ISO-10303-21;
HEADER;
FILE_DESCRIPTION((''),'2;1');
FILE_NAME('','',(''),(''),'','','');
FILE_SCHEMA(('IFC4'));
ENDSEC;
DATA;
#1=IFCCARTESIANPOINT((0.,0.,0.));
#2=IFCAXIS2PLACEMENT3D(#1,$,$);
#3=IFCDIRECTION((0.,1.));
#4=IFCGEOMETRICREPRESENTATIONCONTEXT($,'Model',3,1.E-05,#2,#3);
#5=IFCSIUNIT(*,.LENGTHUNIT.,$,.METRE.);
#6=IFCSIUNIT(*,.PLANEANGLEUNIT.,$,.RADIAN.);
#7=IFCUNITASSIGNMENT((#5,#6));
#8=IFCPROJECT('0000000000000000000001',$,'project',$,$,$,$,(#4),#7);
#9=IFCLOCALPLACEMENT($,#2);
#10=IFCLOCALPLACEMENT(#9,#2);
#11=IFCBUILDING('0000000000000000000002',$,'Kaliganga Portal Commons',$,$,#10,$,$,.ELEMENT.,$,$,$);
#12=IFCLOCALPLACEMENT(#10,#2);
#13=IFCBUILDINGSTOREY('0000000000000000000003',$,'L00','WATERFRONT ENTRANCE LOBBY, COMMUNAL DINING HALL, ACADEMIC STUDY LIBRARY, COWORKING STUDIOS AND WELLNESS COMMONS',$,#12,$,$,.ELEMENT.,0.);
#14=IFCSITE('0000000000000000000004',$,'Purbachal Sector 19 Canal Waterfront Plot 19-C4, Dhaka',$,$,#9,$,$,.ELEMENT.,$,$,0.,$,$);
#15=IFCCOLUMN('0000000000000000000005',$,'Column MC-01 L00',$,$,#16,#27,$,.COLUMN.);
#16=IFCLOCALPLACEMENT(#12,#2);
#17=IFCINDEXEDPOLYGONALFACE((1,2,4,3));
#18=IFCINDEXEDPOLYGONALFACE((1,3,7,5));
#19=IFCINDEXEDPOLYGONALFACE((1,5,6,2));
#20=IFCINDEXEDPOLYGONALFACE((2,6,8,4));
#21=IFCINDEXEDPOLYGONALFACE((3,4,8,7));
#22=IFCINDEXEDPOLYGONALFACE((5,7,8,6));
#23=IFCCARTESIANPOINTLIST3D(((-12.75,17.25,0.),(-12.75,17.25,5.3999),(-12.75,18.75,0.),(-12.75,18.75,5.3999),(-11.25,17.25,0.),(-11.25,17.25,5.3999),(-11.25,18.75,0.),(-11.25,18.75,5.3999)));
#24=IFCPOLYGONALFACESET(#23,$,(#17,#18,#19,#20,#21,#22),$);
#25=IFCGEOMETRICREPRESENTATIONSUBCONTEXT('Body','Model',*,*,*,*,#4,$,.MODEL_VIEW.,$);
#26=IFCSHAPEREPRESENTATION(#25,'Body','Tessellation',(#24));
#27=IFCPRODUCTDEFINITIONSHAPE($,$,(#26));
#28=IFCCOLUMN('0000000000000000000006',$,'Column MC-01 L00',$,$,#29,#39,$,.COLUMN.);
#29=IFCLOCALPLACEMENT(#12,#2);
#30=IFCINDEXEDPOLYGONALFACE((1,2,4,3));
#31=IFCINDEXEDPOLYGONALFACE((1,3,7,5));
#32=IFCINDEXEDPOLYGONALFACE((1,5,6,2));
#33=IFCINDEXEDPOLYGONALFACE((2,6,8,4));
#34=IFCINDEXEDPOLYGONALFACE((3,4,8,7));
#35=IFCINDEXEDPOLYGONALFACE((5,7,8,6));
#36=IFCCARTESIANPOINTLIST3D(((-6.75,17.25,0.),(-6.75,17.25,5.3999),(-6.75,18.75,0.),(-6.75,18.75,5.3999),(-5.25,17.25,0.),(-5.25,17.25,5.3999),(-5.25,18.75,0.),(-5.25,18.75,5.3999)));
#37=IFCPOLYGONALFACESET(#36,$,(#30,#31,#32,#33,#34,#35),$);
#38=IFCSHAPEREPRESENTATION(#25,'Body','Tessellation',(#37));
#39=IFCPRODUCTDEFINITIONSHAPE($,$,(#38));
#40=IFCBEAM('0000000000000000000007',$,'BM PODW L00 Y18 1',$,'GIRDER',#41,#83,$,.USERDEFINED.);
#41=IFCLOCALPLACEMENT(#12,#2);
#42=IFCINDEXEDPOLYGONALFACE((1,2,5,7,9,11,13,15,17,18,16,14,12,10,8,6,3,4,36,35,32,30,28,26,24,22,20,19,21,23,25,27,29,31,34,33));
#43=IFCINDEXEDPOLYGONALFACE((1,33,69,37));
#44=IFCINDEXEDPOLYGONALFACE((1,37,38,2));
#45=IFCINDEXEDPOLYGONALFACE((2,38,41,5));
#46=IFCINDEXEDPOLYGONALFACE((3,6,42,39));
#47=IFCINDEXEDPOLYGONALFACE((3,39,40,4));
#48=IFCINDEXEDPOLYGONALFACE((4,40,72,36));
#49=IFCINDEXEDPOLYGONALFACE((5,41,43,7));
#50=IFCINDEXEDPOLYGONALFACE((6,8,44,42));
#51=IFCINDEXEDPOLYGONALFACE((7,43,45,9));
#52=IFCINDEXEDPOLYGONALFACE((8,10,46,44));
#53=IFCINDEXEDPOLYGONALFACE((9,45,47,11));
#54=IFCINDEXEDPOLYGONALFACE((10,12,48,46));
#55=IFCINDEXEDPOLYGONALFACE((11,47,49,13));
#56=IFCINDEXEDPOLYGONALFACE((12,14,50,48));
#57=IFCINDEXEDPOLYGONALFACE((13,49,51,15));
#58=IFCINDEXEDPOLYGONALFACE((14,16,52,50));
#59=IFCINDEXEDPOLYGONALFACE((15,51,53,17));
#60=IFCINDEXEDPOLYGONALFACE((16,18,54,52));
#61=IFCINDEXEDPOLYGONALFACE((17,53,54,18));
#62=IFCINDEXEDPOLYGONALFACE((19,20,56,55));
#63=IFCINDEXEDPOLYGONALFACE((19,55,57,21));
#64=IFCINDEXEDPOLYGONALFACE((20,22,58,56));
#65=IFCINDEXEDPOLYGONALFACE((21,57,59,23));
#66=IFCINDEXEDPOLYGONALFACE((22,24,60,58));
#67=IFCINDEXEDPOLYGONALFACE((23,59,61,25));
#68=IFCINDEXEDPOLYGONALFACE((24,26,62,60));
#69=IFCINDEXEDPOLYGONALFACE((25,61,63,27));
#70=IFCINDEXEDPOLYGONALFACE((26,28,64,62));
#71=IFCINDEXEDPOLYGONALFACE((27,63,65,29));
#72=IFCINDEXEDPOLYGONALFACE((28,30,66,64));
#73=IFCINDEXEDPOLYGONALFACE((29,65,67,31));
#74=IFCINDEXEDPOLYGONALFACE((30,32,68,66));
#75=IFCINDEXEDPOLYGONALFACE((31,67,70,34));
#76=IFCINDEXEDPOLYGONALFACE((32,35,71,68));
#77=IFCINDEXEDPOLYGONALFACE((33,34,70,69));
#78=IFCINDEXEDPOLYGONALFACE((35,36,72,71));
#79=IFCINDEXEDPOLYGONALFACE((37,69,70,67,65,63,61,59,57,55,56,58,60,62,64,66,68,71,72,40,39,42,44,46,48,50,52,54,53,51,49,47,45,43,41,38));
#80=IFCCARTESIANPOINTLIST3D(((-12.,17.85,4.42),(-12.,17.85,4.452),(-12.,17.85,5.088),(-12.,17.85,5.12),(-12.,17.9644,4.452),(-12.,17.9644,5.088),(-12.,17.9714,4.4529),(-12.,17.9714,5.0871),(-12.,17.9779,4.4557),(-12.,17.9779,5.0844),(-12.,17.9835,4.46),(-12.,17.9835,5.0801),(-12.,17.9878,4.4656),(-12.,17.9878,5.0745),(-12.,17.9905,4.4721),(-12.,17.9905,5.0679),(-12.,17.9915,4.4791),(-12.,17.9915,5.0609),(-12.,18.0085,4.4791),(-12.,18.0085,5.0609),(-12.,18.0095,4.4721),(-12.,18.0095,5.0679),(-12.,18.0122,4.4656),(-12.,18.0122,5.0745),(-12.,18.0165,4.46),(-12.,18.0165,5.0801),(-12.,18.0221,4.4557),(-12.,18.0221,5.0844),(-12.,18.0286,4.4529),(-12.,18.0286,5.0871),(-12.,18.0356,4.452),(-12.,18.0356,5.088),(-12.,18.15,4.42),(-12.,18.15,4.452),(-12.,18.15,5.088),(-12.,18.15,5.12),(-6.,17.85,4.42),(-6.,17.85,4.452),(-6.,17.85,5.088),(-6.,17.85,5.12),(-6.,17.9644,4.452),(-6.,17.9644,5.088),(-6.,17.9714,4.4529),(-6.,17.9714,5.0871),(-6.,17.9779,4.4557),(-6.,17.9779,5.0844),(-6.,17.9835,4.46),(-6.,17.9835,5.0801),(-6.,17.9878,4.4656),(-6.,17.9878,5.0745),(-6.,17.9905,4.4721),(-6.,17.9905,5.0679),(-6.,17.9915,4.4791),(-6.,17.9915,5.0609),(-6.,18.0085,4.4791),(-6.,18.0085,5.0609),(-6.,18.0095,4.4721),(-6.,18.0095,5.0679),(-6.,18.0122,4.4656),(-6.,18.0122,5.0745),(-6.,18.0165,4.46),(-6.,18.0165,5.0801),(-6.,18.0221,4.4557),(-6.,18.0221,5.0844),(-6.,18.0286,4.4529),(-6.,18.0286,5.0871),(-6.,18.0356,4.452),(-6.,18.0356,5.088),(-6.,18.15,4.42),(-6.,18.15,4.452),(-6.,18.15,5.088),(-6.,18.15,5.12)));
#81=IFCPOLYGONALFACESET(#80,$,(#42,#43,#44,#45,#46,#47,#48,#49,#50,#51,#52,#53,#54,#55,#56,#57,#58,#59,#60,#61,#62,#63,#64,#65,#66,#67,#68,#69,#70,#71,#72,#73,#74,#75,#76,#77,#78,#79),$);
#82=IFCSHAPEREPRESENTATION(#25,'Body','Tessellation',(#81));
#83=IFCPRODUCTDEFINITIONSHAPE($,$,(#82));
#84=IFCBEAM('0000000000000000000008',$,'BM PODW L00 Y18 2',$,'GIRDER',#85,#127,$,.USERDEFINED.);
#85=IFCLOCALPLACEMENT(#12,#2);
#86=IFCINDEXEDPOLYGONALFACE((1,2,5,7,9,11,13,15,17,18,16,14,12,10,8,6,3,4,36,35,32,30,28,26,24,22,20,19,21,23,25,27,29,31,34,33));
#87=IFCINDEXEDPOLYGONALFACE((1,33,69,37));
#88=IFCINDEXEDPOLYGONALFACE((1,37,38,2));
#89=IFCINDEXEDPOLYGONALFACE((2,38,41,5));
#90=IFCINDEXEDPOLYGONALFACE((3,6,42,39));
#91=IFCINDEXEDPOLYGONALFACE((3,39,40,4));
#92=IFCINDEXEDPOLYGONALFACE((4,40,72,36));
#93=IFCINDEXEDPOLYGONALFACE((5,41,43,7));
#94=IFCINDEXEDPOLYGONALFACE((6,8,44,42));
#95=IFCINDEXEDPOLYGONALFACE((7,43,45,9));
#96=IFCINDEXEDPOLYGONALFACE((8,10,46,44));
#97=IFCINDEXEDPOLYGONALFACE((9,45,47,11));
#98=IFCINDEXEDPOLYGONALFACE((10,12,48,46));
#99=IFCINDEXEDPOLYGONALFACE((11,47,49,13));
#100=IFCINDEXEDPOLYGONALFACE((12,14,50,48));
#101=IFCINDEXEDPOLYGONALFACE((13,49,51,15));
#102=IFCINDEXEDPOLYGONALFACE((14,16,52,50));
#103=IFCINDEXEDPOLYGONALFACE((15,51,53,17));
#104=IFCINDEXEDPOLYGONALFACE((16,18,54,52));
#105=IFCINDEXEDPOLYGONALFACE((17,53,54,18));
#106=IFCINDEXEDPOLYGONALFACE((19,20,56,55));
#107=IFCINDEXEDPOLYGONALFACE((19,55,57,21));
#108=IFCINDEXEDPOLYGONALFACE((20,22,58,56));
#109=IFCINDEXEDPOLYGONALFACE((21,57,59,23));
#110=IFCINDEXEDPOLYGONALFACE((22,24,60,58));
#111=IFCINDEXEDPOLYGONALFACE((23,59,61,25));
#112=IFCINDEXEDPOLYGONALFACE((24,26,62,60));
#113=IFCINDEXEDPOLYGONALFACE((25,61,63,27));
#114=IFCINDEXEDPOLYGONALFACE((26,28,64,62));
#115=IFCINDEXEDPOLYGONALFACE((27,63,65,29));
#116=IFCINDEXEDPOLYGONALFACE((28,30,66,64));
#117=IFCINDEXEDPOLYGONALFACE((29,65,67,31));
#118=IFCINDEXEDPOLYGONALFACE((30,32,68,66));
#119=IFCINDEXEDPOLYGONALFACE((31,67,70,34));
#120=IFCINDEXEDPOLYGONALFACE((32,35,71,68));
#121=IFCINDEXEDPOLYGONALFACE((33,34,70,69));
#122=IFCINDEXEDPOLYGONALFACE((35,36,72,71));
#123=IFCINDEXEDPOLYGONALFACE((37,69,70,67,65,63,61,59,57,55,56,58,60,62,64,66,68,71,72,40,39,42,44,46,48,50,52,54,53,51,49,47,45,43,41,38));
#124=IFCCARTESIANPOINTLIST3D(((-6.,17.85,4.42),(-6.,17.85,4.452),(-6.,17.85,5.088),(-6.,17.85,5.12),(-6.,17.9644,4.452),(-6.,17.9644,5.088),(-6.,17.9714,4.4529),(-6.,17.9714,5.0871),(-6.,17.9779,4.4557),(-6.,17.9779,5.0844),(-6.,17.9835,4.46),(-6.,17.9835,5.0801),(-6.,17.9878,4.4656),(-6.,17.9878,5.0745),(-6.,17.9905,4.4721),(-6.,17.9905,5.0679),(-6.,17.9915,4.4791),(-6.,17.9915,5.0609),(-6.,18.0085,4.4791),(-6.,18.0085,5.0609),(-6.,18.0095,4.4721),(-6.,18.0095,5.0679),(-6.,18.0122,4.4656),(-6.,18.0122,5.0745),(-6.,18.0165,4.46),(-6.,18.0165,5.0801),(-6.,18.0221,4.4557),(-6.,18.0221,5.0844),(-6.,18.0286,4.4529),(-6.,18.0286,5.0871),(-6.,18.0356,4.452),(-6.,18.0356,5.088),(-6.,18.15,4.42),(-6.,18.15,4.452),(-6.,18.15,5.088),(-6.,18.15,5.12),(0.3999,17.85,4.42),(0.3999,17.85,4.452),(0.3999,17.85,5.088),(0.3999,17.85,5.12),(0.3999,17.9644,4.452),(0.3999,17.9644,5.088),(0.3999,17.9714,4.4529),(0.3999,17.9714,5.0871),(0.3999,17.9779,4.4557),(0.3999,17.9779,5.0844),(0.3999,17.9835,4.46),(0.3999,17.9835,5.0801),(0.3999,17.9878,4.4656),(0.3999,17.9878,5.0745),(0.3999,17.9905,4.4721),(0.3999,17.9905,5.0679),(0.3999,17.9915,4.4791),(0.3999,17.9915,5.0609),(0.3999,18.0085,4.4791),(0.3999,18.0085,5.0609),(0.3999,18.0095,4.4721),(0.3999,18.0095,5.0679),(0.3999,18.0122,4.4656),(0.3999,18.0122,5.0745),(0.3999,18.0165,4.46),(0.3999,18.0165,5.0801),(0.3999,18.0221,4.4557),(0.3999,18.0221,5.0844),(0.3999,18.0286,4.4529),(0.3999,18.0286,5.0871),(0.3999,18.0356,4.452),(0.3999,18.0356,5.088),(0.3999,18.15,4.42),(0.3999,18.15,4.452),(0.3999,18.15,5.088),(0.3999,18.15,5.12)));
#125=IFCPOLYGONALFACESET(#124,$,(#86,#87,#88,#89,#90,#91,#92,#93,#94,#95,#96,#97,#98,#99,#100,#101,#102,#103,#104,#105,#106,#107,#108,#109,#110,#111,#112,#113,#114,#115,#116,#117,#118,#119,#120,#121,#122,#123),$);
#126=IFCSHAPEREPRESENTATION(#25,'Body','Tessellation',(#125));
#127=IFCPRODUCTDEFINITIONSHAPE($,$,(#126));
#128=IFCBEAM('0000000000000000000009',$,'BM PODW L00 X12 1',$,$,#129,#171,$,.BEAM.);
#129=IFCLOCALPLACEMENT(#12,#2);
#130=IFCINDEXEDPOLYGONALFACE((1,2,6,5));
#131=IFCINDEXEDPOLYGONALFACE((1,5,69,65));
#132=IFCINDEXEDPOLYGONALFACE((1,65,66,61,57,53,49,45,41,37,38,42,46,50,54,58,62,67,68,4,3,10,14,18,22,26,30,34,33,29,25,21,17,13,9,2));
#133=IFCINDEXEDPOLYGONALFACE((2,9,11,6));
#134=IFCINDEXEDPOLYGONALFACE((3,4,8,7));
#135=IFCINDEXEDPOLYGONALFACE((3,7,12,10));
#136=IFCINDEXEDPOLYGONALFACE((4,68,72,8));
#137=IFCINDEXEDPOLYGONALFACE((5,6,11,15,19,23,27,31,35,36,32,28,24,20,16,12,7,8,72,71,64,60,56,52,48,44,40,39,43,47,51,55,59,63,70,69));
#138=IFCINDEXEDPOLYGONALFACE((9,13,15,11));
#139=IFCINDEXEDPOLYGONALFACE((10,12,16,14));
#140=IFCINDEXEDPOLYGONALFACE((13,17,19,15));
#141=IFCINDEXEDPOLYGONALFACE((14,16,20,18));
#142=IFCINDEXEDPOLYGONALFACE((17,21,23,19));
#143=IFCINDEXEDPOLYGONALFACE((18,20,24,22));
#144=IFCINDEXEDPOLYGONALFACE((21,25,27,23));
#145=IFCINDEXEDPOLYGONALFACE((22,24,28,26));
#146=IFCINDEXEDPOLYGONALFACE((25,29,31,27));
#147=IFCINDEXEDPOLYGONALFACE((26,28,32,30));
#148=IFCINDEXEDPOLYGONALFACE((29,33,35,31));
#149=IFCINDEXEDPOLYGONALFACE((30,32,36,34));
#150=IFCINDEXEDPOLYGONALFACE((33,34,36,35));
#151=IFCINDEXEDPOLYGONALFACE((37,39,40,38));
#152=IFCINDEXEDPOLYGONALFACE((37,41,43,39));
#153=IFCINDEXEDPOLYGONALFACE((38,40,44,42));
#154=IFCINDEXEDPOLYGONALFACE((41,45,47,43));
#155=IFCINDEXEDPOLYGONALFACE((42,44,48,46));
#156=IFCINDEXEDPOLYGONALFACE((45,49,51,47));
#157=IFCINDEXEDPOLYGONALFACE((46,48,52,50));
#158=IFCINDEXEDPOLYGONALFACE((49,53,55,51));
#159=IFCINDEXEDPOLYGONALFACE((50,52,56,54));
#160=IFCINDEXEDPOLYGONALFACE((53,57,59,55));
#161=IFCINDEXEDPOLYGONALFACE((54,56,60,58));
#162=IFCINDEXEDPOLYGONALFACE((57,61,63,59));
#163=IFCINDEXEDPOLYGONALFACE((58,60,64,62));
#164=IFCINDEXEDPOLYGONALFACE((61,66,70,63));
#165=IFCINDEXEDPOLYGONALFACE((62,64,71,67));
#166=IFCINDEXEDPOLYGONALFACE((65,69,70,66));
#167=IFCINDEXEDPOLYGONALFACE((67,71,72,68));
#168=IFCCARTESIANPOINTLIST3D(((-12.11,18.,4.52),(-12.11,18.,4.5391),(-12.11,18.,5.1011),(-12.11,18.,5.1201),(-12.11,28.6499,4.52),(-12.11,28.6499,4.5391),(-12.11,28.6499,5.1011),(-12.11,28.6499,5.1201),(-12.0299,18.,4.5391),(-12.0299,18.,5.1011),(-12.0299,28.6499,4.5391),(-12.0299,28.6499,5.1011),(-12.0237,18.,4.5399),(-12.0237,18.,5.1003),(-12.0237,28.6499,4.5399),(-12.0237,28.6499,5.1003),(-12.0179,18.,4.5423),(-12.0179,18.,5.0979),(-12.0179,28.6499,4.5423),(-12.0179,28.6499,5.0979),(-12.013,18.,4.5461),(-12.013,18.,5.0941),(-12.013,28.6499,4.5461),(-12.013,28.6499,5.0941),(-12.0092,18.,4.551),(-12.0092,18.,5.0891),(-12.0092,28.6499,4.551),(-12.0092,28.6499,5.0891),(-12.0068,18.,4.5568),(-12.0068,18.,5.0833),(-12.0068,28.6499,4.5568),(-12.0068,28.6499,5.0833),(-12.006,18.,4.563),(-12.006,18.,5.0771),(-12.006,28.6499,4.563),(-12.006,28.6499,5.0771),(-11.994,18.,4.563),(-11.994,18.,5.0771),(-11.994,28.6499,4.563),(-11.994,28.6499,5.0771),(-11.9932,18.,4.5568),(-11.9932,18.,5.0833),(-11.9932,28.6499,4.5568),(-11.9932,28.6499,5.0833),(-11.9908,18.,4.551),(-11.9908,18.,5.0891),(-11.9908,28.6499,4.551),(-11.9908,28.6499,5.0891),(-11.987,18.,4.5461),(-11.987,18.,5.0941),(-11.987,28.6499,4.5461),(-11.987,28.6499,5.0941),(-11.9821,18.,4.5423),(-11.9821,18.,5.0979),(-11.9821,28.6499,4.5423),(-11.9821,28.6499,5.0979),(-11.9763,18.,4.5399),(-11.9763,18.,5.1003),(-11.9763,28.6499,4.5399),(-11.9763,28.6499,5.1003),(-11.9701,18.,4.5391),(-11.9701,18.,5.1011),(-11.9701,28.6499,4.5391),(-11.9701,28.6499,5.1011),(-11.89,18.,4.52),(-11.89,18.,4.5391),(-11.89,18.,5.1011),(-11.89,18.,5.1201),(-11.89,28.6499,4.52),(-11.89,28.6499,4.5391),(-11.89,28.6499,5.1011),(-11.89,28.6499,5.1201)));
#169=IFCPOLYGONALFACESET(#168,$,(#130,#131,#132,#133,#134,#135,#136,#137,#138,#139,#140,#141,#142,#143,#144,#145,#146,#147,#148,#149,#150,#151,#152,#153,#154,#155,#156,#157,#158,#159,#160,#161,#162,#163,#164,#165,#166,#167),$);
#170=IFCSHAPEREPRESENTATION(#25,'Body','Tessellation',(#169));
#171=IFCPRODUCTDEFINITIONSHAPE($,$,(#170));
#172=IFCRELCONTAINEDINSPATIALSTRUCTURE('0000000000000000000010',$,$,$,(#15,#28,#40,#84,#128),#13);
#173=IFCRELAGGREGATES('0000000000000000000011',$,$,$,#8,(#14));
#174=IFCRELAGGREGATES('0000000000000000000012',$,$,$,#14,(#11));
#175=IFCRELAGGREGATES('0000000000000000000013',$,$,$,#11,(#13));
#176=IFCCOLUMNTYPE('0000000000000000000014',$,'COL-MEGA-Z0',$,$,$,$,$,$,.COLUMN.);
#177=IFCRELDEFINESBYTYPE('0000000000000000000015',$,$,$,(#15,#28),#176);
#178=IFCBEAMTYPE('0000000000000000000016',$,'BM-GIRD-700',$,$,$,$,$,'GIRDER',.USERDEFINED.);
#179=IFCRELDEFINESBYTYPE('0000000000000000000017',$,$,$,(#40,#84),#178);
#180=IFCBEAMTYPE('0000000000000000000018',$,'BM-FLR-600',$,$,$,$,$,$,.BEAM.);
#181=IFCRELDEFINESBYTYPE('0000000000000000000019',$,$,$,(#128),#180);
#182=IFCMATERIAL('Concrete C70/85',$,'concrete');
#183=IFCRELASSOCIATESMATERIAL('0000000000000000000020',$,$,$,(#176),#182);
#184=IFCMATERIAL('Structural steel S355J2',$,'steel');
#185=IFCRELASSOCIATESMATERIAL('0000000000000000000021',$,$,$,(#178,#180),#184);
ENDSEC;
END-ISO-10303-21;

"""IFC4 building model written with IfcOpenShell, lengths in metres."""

from ifc_helpers import new_model, si_unit, direction, frame, origin, origin_2d, place, context, subcontext, project, spatial, rectangle, i_section, extrude, source, transform, mapped, material, material_profile, profile_set, type_object, element, save


model = new_model("IFC4")

# Units and contexts
model_context = context("Model", 3, precision=1e-05, world=origin(), true_north=direction((0.0, 1.0)))
body_context = subcontext(model_context, "Body", "Model", "MODEL_VIEW")
ifc_project = project(units=[si_unit("LENGTHUNIT", "METRE"), si_unit("PLANEANGLEUNIT", "RADIAN")], contexts=[model_context])

# Site, building, storey
site_placement = place(None, origin())
site = spatial("IfcSite", under=ifc_project, at=site_placement, Name="Purbachal Sector 19 Canal Waterfront Plot 19-C4, Dhaka", CompositionType="ELEMENT", RefElevation=0.0)
building_placement = place(site_placement, origin())
building = spatial("IfcBuilding", under=site, at=building_placement, Name="Kaliganga Portal Commons", CompositionType="ELEMENT")
storey_placement = place(building_placement, origin())
storey = spatial("IfcBuildingStorey", under=building, at=storey_placement, Name="L00", Description="WATERFRONT ENTRANCE LOBBY, COMMUNAL DINING HALL, ACADEMIC STUDY LIBRARY, COWORKING STUDIOS AND WELLNESS COMMONS", CompositionType="ELEMENT", Elevation=0.0)

# Columns
ifc_material_1 = material(Name="Concrete C70/85", Category="concrete")
ifc_material_profile_1 = material_profile(ifc_material_1, rectangle(XDim=1.5, YDim=1.5, at=origin_2d()), Name="RC 1500x1500")
ifc_profile_set_1 = profile_set([ifc_material_profile_1], Name="Concrete C70/85")
column_type = type_object("IfcColumnType", Name="COL-MEGA-Z0", PredefinedType="COLUMN", material=ifc_profile_set_1)
shared_shape_1 = source(origin(), body_context, "Body", "SweptSolid", [
    extrude(rectangle(XDim=1.5, YDim=1.5, at=origin_2d()), origin(), (0.0, 0.0, 1.0), 5.3999),
])
for number, where, z_axis, x_axis, name in (
    (1, (-12.0, 18.0, 0.0), (0.0, 0.0, 1.0), (1.0, 0.0, 0.0), "Column MC-01 L00"),
    (2, (-6.0, 18.0, 0.0), (0.0, 0.0, 1.0), (1.0, 0.0, 0.0), "Column MC-01 L00"),
):
    element("IfcColumn", number, at=place(storey_placement, frame(where, z_axis=z_axis, x_axis=x_axis)), inside=storey, type_object=column_type, Name=name, PredefinedType="COLUMN", context=body_context, shape_type="MappedRepresentation", body=[
        mapped(shared_shape_1, transform((0.0, 0.0, 0.0), x_axis=(1.0, 0.0, 0.0), y_axis=(0.0, 1.0, 0.0), z_axis=(0.0, 0.0, 1.0), scale=1.0)),
    ])

# Beams
ifc_material_2 = material(Name="Structural steel S355J2", Category="steel")
ifc_material_profile_2 = material_profile(ifc_material_2, i_section(OverallWidth=0.3, OverallDepth=0.7, WebThickness=0.0171, FlangeThickness=0.032, FilletRadius=0.0271, at=origin_2d()), Name="HE 700 B")
ifc_profile_set_2 = profile_set([ifc_material_profile_2], Name="Structural steel S355J2 wide-flange")
beam_type_1 = type_object("IfcBeamType", Name="BM-GIRD-700", ElementType="GIRDER", PredefinedType="USERDEFINED", material=ifc_profile_set_2)
shared_shape_2 = source(origin(), body_context, "Body", "SweptSolid", [
    extrude(i_section(OverallWidth=0.3, OverallDepth=0.7, WebThickness=0.0171, FlangeThickness=0.032, FilletRadius=0.0271, at=origin_2d()), origin(), (0.0, 0.0, 1.0), 6.0),
])
beam_1_placement = place(storey_placement, frame((-12.0, 18.0, 4.77), z_axis=(1.0, 0.0, 0.0), x_axis=(0.0, 1.0, 0.0)))
element("IfcBeam", 3, at=beam_1_placement, inside=storey, type_object=beam_type_1, Name="BM PODW L00 Y18 1", ObjectType="GIRDER", PredefinedType="USERDEFINED", context=body_context, shape_type="MappedRepresentation", body=[
    mapped(shared_shape_2, transform((0.0, 0.0, 0.0), x_axis=(1.0, 0.0, 0.0), y_axis=(0.0, 1.0, 0.0), z_axis=(0.0, 0.0, 1.0), scale=1.0)),
])
shared_shape_3 = source(origin(), body_context, "Body", "SweptSolid", [
    extrude(i_section(OverallWidth=0.3, OverallDepth=0.7, WebThickness=0.0171, FlangeThickness=0.032, FilletRadius=0.0271, at=origin_2d()), origin(), (0.0, 0.0, 1.0), 6.3999),
])
beam_2_placement = place(storey_placement, frame((-6.0, 18.0, 4.77), z_axis=(1.0, 0.0, 0.0), x_axis=(0.0, 1.0, 0.0)))
element("IfcBeam", 4, at=beam_2_placement, inside=storey, type_object=beam_type_1, Name="BM PODW L00 Y18 2", ObjectType="GIRDER", PredefinedType="USERDEFINED", context=body_context, shape_type="MappedRepresentation", body=[
    mapped(shared_shape_3, transform((0.0, 0.0, 0.0), x_axis=(1.0, 0.0, 0.0), y_axis=(0.0, 1.0, 0.0), z_axis=(0.0, 0.0, 1.0), scale=1.0)),
])
ifc_material_profile_3 = material_profile(ifc_material_2, i_section(OverallWidth=0.22, OverallDepth=0.6001, WebThickness=0.012, FlangeThickness=0.019, FilletRadius=0.0239, at=origin_2d()), Name="IPE 600")
ifc_profile_set_3 = profile_set([ifc_material_profile_3], Name="Structural steel S355J2 wide-flange")
beam_type_2 = type_object("IfcBeamType", Name="BM-FLR-600", PredefinedType="BEAM", material=ifc_profile_set_3)
shared_shape_4 = source(origin(), body_context, "Body", "SweptSolid", [
    extrude(i_section(OverallWidth=0.22, OverallDepth=0.6001, WebThickness=0.012, FlangeThickness=0.019, FilletRadius=0.0239, at=origin_2d()), origin(), (0.0, 0.0, 1.0), 10.6499),
])
for number, where, z_axis, x_axis, name in (
    (5, (-12.0, 18.0, 4.8201), (0.0, 1.0, 0.0), (-1.0, 0.0, 0.0), "BM PODW L00 X12 1"),
):
    element("IfcBeam", number, at=place(storey_placement, frame(where, z_axis=z_axis, x_axis=x_axis)), inside=storey, type_object=beam_type_2, Name=name, PredefinedType="BEAM", context=body_context, shape_type="MappedRepresentation", body=[
        mapped(shared_shape_4, transform((0.0, 0.0, 0.0), x_axis=(1.0, 0.0, 0.0), y_axis=(0.0, 1.0, 0.0), z_axis=(0.0, 0.0, 1.0), scale=1.0)),
    ])

save(model, "model.ifc")
